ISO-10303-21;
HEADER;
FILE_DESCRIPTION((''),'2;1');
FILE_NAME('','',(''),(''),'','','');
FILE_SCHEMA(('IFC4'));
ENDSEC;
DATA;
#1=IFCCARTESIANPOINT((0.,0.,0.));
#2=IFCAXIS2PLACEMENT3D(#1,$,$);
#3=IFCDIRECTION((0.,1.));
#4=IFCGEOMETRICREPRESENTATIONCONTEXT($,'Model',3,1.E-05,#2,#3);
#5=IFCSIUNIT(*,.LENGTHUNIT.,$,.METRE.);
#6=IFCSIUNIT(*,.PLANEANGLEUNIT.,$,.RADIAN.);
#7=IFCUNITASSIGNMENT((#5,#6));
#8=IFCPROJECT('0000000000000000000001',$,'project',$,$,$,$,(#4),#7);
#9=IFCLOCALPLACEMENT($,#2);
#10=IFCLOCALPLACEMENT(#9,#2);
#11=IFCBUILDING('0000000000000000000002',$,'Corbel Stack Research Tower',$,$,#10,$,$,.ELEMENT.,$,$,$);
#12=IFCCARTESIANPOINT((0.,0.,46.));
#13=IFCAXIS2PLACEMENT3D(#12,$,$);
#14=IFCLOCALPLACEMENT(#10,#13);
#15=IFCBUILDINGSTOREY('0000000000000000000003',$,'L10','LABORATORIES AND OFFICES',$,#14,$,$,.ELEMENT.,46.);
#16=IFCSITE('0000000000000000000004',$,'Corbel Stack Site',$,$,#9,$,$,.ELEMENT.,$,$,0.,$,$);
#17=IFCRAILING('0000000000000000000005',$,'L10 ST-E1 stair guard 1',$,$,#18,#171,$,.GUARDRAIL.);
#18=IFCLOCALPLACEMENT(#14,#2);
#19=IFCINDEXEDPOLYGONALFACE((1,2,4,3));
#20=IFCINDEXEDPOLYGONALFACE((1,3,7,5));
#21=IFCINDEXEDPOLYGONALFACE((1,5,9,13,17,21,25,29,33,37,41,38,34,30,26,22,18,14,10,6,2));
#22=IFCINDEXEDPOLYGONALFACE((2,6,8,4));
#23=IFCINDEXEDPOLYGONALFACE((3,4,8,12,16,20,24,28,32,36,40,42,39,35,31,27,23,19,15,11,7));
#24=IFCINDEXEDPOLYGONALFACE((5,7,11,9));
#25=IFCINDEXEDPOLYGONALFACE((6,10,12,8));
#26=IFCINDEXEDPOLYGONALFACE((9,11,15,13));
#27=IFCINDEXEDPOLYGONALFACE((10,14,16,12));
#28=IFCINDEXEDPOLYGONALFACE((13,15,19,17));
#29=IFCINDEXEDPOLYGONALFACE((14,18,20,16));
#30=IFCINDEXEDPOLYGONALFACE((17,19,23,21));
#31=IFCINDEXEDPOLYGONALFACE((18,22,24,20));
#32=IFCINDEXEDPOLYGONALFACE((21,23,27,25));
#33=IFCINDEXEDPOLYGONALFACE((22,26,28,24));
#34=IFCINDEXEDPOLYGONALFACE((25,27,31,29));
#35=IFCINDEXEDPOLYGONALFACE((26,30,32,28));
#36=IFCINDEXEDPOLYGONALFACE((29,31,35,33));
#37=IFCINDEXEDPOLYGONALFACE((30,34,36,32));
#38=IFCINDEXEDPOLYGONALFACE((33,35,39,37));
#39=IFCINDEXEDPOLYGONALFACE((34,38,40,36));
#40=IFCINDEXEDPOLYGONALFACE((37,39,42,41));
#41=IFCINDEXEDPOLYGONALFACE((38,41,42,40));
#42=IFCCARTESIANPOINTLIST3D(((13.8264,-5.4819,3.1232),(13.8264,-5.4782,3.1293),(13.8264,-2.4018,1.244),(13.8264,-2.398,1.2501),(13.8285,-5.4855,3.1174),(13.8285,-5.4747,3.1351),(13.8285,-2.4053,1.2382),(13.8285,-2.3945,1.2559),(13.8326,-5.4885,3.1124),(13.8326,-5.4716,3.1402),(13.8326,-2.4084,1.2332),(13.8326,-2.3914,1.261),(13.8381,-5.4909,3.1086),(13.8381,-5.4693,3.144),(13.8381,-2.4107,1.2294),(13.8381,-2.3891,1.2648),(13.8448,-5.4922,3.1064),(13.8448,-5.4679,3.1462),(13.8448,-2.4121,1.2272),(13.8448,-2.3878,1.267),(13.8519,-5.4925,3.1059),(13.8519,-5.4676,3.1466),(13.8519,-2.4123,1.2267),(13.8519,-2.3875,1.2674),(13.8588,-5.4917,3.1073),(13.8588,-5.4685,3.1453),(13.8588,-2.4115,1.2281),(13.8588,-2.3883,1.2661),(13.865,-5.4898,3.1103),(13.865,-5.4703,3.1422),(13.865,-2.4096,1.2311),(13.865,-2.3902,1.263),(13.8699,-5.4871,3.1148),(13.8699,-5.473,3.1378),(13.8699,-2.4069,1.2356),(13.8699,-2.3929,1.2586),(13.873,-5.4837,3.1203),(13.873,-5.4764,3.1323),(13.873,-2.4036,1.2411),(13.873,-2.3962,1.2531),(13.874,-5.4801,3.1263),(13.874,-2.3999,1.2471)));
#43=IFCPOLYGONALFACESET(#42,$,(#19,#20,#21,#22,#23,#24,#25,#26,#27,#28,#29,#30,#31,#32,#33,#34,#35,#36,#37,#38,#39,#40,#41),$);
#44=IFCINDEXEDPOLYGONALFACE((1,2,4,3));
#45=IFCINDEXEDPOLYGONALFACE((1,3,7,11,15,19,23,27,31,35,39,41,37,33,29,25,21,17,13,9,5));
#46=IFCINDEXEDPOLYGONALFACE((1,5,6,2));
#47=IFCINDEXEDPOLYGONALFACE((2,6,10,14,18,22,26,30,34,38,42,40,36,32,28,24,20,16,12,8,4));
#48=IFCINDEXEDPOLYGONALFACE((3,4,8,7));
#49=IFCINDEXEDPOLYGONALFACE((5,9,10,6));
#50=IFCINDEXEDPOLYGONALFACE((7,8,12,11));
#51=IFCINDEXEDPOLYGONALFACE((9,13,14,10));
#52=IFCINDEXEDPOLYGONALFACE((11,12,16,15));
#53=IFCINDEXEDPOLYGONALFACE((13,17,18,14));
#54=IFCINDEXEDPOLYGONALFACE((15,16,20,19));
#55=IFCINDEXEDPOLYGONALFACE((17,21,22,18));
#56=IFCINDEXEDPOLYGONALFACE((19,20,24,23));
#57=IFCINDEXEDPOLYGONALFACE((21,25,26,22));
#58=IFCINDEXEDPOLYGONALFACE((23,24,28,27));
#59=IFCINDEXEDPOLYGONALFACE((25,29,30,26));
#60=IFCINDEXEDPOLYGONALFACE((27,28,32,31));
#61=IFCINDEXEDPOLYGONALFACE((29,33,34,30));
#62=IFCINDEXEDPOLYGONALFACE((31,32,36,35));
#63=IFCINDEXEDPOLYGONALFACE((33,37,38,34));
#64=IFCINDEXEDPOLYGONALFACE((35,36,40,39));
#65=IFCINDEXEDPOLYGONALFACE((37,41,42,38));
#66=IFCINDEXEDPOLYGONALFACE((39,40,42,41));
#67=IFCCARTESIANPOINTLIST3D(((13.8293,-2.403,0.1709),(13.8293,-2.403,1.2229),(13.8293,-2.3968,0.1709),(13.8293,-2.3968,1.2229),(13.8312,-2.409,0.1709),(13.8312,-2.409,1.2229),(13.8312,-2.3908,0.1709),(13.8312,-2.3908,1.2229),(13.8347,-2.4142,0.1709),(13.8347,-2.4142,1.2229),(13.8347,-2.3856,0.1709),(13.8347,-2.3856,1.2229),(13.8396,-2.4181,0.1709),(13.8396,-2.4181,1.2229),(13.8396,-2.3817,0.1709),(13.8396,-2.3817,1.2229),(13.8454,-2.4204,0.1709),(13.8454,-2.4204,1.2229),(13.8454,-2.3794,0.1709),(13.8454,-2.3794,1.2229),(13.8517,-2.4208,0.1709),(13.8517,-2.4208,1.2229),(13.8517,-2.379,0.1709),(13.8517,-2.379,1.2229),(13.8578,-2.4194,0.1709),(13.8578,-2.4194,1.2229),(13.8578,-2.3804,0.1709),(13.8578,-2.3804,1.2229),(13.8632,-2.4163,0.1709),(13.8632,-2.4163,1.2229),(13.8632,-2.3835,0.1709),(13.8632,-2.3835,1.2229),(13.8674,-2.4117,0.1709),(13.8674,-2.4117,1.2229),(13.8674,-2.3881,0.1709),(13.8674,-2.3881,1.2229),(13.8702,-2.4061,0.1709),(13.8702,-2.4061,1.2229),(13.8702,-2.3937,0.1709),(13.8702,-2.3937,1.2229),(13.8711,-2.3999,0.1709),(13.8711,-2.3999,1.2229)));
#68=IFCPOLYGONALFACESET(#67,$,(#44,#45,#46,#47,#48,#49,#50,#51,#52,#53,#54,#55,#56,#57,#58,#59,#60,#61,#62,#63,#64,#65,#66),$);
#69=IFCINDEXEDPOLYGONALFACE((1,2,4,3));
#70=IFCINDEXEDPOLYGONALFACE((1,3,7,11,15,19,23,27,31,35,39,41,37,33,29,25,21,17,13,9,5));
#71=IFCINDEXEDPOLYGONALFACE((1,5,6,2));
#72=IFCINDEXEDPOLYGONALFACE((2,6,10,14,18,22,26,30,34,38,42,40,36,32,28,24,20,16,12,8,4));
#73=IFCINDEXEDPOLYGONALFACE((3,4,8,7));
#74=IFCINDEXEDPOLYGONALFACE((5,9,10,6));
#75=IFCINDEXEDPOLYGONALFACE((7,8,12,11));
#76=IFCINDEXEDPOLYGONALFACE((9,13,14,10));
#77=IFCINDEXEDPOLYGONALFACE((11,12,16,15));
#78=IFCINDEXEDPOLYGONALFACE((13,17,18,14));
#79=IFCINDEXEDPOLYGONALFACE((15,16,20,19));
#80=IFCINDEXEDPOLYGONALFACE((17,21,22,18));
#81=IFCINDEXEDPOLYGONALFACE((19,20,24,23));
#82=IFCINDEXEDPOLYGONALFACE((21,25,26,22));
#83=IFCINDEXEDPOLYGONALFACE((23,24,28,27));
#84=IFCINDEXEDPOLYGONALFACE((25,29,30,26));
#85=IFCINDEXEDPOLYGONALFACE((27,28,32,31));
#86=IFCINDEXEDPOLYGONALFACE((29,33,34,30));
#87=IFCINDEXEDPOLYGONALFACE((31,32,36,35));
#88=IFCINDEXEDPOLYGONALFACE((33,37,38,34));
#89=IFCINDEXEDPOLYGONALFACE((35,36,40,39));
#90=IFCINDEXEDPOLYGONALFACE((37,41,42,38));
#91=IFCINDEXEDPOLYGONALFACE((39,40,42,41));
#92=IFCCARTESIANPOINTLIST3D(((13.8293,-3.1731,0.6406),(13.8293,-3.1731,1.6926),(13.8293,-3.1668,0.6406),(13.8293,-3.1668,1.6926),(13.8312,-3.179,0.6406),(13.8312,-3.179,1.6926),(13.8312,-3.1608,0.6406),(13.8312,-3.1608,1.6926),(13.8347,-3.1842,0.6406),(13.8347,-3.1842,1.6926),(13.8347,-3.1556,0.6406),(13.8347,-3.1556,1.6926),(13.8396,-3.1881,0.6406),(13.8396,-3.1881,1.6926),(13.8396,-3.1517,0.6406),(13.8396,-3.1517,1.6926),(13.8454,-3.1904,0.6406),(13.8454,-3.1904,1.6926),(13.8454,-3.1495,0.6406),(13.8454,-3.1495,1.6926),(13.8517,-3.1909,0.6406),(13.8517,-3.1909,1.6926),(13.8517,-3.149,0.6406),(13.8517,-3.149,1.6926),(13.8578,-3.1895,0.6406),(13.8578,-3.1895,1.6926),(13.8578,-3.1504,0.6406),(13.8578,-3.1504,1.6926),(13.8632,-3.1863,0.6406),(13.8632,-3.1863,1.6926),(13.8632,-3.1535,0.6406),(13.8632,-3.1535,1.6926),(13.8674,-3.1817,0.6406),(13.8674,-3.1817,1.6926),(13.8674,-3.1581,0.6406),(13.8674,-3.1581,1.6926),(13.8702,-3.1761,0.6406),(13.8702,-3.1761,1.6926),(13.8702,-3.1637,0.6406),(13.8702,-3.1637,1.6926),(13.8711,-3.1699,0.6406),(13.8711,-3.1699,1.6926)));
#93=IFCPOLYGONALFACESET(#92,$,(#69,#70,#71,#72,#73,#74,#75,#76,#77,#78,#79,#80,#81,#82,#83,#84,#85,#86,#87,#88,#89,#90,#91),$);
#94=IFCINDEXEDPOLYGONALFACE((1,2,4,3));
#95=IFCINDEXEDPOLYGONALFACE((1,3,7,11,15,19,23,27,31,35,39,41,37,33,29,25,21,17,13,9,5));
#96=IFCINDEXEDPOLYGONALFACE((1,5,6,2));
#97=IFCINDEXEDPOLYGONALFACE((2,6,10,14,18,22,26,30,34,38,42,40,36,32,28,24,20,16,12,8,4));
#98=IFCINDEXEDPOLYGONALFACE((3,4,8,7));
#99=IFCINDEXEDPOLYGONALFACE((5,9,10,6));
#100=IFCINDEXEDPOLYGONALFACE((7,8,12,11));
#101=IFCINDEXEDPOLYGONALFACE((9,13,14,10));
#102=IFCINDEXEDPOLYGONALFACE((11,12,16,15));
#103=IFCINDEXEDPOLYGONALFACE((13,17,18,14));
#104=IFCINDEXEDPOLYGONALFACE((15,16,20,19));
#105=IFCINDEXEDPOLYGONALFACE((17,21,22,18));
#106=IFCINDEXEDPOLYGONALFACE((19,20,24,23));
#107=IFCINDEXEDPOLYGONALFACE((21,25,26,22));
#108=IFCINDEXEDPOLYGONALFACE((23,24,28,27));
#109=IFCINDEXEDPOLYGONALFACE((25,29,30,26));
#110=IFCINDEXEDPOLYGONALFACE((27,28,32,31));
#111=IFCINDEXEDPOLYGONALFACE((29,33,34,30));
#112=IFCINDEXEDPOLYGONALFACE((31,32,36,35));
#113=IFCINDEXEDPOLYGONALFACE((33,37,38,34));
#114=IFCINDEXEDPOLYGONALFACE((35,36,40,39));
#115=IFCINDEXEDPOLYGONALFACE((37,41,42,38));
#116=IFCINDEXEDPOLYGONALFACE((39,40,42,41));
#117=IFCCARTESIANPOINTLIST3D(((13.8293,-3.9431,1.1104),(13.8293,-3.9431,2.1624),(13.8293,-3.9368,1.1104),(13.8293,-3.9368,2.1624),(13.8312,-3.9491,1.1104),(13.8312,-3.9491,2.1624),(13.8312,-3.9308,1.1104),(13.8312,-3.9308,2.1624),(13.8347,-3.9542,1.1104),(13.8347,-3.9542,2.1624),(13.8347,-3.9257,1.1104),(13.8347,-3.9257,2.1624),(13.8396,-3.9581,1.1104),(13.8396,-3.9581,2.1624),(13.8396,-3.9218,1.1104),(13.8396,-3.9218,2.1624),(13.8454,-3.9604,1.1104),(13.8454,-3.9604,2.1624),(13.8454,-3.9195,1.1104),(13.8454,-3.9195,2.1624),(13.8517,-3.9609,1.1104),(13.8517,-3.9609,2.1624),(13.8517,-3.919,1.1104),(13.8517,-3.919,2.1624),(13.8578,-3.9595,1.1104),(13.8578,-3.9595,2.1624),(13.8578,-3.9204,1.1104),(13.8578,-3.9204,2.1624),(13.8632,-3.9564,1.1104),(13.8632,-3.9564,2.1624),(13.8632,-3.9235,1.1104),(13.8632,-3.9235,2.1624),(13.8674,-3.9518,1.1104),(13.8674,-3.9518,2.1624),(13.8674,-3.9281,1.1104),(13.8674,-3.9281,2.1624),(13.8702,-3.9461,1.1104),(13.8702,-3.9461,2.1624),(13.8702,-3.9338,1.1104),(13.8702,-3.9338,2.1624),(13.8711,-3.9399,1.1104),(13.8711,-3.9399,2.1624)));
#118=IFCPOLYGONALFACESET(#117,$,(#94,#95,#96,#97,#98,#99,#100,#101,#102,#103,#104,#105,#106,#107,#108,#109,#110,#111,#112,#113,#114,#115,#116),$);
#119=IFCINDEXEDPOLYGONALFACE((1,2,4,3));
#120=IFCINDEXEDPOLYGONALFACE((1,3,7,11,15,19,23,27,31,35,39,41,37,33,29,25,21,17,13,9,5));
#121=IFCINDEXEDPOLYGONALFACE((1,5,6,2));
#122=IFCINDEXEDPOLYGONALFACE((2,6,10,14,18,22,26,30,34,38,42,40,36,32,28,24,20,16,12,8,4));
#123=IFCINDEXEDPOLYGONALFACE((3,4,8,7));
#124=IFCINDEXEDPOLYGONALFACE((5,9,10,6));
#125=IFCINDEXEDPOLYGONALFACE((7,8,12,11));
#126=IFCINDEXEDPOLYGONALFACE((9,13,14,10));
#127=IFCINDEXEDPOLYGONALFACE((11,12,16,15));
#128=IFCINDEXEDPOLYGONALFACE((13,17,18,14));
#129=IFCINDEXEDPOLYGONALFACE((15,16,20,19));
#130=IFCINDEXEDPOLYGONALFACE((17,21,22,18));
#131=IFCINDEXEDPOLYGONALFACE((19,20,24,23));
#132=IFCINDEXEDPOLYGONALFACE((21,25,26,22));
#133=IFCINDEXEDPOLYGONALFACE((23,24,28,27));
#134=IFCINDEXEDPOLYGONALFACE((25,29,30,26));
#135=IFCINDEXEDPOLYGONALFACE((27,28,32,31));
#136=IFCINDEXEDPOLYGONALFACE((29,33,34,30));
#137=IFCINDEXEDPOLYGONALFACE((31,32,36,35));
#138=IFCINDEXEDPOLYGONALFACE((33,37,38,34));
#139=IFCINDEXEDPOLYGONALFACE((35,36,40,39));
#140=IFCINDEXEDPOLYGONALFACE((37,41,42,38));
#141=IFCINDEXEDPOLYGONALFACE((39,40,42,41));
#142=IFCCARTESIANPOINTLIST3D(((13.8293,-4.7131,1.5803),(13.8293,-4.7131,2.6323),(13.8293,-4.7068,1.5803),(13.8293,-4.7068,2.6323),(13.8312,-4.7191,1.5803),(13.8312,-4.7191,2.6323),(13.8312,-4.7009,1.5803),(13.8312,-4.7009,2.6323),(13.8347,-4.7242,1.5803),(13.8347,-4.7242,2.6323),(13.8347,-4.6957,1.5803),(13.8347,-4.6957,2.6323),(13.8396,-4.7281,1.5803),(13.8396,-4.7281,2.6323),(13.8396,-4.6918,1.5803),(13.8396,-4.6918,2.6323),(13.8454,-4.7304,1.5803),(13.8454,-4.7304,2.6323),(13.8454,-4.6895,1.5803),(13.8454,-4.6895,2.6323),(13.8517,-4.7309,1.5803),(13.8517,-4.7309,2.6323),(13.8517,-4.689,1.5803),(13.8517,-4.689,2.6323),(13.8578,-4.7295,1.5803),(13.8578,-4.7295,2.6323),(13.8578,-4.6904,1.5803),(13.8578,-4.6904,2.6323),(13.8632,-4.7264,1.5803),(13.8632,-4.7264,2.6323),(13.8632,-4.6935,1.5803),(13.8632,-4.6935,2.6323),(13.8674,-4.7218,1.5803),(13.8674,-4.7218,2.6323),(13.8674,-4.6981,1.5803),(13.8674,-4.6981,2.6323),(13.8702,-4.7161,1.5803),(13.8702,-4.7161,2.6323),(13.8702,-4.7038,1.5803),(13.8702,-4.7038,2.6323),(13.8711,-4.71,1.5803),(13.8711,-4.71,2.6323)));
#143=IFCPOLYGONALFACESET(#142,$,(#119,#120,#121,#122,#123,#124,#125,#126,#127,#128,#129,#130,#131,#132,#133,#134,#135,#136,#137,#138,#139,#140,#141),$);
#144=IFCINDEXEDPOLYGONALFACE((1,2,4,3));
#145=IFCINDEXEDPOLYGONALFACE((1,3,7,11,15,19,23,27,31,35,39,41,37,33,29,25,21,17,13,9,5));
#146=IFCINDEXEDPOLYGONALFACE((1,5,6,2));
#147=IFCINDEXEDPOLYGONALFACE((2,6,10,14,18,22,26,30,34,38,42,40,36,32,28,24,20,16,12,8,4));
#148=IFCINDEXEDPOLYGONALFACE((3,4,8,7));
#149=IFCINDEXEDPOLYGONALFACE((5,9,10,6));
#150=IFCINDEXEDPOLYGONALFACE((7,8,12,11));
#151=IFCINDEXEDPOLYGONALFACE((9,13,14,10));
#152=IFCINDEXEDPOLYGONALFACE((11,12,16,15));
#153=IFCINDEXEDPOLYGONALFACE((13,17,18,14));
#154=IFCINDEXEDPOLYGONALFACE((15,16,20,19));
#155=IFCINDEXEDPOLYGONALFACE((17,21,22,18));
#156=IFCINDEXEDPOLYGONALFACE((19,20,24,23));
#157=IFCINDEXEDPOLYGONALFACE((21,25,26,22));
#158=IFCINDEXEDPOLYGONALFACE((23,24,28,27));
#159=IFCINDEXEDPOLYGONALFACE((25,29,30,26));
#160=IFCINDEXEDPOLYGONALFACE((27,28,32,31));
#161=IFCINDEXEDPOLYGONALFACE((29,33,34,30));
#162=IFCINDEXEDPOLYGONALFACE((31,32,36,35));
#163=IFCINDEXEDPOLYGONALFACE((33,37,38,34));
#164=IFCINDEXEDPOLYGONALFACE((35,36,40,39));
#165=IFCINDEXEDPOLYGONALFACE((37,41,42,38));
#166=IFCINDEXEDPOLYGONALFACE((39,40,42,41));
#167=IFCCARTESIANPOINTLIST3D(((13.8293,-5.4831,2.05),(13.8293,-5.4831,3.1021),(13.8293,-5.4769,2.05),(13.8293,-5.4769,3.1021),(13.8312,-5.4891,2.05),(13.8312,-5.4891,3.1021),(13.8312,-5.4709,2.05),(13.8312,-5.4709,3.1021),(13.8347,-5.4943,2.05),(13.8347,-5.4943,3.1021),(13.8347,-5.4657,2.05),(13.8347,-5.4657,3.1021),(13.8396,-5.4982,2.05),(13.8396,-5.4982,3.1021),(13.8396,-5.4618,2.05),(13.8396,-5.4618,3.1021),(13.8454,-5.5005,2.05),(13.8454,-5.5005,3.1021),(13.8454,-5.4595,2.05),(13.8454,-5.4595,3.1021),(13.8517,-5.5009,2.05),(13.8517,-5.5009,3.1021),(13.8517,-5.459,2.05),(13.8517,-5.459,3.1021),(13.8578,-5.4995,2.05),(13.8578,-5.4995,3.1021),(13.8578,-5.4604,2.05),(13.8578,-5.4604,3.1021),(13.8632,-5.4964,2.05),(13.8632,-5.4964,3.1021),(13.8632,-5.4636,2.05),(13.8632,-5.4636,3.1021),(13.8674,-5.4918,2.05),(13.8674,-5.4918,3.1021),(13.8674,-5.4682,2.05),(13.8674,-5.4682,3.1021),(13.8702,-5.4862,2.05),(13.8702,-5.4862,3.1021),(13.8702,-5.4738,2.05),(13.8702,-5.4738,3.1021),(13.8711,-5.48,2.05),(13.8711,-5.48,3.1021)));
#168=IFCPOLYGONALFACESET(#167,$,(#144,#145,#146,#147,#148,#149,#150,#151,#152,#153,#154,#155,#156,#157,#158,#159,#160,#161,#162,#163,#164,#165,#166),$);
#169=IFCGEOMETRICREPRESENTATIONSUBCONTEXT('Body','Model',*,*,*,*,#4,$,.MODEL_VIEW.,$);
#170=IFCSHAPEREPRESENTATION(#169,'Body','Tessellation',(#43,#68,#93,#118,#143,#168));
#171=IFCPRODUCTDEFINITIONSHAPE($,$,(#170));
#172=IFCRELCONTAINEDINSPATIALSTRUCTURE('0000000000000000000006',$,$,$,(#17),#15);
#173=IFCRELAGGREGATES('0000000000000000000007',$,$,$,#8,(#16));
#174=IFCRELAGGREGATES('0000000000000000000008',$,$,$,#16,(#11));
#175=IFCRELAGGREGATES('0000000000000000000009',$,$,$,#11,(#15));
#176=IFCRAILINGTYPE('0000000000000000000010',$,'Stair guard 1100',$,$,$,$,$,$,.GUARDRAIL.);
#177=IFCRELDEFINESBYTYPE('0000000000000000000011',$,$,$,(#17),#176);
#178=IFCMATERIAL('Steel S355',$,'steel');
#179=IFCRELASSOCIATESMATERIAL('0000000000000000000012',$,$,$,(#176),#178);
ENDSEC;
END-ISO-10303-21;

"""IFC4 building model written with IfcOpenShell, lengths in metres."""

from ifc_helpers import new_model, si_unit, direction, frame, origin, origin_2d, place, context, subcontext, project, spatial, circle, extrude, material, type_object, element, save


model = new_model("IFC4")

# Units and contexts
model_context = context("Model", 3, precision=1e-05, world=origin(), true_north=direction((0.0, 1.0)))
body_context = subcontext(model_context, "Body", "Model", "MODEL_VIEW")
ifc_project = project(units=[si_unit("LENGTHUNIT", "METRE"), si_unit("PLANEANGLEUNIT", "RADIAN")], contexts=[model_context])

# Site, building, storey
site_placement = place(None, origin())
site = spatial("IfcSite", under=ifc_project, at=site_placement, Name="Corbel Stack Site", CompositionType="ELEMENT", RefElevation=0.0)
building_placement = place(site_placement, origin())
building = spatial("IfcBuilding", under=site, at=building_placement, Name="Corbel Stack Research Tower", CompositionType="ELEMENT")
storey_placement = place(building_placement, frame((0.0, 0.0, 46.0)))
storey = spatial("IfcBuildingStorey", under=building, at=storey_placement, Name="L10", Description="LABORATORIES AND OFFICES", CompositionType="ELEMENT", Elevation=46.0)

# Railing
ifc_material_1 = material(Name="Steel S355", Category="steel")
railing_type_1 = type_object("IfcRailingType", Name="Stair guard 1100", PredefinedType="GUARDRAIL", material=ifc_material_1)
railing_1_placement = place(storey_placement, frame((13.8501, -2.3999, 0.1709)))
element("IfcRailing", 1, at=railing_1_placement, inside=storey, type_object=railing_type_1, Name="L10 ST-E1 stair guard 1", PredefinedType="GUARDRAIL", context=body_context, shape_type="SweptSolid", body=[
    extrude(circle(Radius=0.0239, at=origin_2d()), frame((0.0, 0.0, 1.0762), z_axis=(0.0, -0.853666, 0.52082), x_axis=(1.0, 0.0, 0.0)), (0.0, 0.0, 1.0), 3.6082),
    extrude(circle(Radius=0.021, at=origin_2d()), origin(), (0.0, 0.0, 1.0), 1.052),
    extrude(circle(Radius=0.021, at=origin_2d()), frame((0.0, -0.77, 0.4697)), (0.0, 0.0, 1.0), 1.052),
    extrude(circle(Radius=0.021, at=origin_2d()), frame((0.0, -1.54, 0.9395)), (0.0, 0.0, 1.0), 1.052),
    extrude(circle(Radius=0.021, at=origin_2d()), frame((0.0, -2.3101, 1.4094)), (0.0, 0.0, 1.0), 1.052),
    extrude(circle(Radius=0.021, at=origin_2d()), frame((0.0, -3.0801, 1.8792)), (0.0, 0.0, 1.0), 1.052),
])

save(model, "model.ifc")
